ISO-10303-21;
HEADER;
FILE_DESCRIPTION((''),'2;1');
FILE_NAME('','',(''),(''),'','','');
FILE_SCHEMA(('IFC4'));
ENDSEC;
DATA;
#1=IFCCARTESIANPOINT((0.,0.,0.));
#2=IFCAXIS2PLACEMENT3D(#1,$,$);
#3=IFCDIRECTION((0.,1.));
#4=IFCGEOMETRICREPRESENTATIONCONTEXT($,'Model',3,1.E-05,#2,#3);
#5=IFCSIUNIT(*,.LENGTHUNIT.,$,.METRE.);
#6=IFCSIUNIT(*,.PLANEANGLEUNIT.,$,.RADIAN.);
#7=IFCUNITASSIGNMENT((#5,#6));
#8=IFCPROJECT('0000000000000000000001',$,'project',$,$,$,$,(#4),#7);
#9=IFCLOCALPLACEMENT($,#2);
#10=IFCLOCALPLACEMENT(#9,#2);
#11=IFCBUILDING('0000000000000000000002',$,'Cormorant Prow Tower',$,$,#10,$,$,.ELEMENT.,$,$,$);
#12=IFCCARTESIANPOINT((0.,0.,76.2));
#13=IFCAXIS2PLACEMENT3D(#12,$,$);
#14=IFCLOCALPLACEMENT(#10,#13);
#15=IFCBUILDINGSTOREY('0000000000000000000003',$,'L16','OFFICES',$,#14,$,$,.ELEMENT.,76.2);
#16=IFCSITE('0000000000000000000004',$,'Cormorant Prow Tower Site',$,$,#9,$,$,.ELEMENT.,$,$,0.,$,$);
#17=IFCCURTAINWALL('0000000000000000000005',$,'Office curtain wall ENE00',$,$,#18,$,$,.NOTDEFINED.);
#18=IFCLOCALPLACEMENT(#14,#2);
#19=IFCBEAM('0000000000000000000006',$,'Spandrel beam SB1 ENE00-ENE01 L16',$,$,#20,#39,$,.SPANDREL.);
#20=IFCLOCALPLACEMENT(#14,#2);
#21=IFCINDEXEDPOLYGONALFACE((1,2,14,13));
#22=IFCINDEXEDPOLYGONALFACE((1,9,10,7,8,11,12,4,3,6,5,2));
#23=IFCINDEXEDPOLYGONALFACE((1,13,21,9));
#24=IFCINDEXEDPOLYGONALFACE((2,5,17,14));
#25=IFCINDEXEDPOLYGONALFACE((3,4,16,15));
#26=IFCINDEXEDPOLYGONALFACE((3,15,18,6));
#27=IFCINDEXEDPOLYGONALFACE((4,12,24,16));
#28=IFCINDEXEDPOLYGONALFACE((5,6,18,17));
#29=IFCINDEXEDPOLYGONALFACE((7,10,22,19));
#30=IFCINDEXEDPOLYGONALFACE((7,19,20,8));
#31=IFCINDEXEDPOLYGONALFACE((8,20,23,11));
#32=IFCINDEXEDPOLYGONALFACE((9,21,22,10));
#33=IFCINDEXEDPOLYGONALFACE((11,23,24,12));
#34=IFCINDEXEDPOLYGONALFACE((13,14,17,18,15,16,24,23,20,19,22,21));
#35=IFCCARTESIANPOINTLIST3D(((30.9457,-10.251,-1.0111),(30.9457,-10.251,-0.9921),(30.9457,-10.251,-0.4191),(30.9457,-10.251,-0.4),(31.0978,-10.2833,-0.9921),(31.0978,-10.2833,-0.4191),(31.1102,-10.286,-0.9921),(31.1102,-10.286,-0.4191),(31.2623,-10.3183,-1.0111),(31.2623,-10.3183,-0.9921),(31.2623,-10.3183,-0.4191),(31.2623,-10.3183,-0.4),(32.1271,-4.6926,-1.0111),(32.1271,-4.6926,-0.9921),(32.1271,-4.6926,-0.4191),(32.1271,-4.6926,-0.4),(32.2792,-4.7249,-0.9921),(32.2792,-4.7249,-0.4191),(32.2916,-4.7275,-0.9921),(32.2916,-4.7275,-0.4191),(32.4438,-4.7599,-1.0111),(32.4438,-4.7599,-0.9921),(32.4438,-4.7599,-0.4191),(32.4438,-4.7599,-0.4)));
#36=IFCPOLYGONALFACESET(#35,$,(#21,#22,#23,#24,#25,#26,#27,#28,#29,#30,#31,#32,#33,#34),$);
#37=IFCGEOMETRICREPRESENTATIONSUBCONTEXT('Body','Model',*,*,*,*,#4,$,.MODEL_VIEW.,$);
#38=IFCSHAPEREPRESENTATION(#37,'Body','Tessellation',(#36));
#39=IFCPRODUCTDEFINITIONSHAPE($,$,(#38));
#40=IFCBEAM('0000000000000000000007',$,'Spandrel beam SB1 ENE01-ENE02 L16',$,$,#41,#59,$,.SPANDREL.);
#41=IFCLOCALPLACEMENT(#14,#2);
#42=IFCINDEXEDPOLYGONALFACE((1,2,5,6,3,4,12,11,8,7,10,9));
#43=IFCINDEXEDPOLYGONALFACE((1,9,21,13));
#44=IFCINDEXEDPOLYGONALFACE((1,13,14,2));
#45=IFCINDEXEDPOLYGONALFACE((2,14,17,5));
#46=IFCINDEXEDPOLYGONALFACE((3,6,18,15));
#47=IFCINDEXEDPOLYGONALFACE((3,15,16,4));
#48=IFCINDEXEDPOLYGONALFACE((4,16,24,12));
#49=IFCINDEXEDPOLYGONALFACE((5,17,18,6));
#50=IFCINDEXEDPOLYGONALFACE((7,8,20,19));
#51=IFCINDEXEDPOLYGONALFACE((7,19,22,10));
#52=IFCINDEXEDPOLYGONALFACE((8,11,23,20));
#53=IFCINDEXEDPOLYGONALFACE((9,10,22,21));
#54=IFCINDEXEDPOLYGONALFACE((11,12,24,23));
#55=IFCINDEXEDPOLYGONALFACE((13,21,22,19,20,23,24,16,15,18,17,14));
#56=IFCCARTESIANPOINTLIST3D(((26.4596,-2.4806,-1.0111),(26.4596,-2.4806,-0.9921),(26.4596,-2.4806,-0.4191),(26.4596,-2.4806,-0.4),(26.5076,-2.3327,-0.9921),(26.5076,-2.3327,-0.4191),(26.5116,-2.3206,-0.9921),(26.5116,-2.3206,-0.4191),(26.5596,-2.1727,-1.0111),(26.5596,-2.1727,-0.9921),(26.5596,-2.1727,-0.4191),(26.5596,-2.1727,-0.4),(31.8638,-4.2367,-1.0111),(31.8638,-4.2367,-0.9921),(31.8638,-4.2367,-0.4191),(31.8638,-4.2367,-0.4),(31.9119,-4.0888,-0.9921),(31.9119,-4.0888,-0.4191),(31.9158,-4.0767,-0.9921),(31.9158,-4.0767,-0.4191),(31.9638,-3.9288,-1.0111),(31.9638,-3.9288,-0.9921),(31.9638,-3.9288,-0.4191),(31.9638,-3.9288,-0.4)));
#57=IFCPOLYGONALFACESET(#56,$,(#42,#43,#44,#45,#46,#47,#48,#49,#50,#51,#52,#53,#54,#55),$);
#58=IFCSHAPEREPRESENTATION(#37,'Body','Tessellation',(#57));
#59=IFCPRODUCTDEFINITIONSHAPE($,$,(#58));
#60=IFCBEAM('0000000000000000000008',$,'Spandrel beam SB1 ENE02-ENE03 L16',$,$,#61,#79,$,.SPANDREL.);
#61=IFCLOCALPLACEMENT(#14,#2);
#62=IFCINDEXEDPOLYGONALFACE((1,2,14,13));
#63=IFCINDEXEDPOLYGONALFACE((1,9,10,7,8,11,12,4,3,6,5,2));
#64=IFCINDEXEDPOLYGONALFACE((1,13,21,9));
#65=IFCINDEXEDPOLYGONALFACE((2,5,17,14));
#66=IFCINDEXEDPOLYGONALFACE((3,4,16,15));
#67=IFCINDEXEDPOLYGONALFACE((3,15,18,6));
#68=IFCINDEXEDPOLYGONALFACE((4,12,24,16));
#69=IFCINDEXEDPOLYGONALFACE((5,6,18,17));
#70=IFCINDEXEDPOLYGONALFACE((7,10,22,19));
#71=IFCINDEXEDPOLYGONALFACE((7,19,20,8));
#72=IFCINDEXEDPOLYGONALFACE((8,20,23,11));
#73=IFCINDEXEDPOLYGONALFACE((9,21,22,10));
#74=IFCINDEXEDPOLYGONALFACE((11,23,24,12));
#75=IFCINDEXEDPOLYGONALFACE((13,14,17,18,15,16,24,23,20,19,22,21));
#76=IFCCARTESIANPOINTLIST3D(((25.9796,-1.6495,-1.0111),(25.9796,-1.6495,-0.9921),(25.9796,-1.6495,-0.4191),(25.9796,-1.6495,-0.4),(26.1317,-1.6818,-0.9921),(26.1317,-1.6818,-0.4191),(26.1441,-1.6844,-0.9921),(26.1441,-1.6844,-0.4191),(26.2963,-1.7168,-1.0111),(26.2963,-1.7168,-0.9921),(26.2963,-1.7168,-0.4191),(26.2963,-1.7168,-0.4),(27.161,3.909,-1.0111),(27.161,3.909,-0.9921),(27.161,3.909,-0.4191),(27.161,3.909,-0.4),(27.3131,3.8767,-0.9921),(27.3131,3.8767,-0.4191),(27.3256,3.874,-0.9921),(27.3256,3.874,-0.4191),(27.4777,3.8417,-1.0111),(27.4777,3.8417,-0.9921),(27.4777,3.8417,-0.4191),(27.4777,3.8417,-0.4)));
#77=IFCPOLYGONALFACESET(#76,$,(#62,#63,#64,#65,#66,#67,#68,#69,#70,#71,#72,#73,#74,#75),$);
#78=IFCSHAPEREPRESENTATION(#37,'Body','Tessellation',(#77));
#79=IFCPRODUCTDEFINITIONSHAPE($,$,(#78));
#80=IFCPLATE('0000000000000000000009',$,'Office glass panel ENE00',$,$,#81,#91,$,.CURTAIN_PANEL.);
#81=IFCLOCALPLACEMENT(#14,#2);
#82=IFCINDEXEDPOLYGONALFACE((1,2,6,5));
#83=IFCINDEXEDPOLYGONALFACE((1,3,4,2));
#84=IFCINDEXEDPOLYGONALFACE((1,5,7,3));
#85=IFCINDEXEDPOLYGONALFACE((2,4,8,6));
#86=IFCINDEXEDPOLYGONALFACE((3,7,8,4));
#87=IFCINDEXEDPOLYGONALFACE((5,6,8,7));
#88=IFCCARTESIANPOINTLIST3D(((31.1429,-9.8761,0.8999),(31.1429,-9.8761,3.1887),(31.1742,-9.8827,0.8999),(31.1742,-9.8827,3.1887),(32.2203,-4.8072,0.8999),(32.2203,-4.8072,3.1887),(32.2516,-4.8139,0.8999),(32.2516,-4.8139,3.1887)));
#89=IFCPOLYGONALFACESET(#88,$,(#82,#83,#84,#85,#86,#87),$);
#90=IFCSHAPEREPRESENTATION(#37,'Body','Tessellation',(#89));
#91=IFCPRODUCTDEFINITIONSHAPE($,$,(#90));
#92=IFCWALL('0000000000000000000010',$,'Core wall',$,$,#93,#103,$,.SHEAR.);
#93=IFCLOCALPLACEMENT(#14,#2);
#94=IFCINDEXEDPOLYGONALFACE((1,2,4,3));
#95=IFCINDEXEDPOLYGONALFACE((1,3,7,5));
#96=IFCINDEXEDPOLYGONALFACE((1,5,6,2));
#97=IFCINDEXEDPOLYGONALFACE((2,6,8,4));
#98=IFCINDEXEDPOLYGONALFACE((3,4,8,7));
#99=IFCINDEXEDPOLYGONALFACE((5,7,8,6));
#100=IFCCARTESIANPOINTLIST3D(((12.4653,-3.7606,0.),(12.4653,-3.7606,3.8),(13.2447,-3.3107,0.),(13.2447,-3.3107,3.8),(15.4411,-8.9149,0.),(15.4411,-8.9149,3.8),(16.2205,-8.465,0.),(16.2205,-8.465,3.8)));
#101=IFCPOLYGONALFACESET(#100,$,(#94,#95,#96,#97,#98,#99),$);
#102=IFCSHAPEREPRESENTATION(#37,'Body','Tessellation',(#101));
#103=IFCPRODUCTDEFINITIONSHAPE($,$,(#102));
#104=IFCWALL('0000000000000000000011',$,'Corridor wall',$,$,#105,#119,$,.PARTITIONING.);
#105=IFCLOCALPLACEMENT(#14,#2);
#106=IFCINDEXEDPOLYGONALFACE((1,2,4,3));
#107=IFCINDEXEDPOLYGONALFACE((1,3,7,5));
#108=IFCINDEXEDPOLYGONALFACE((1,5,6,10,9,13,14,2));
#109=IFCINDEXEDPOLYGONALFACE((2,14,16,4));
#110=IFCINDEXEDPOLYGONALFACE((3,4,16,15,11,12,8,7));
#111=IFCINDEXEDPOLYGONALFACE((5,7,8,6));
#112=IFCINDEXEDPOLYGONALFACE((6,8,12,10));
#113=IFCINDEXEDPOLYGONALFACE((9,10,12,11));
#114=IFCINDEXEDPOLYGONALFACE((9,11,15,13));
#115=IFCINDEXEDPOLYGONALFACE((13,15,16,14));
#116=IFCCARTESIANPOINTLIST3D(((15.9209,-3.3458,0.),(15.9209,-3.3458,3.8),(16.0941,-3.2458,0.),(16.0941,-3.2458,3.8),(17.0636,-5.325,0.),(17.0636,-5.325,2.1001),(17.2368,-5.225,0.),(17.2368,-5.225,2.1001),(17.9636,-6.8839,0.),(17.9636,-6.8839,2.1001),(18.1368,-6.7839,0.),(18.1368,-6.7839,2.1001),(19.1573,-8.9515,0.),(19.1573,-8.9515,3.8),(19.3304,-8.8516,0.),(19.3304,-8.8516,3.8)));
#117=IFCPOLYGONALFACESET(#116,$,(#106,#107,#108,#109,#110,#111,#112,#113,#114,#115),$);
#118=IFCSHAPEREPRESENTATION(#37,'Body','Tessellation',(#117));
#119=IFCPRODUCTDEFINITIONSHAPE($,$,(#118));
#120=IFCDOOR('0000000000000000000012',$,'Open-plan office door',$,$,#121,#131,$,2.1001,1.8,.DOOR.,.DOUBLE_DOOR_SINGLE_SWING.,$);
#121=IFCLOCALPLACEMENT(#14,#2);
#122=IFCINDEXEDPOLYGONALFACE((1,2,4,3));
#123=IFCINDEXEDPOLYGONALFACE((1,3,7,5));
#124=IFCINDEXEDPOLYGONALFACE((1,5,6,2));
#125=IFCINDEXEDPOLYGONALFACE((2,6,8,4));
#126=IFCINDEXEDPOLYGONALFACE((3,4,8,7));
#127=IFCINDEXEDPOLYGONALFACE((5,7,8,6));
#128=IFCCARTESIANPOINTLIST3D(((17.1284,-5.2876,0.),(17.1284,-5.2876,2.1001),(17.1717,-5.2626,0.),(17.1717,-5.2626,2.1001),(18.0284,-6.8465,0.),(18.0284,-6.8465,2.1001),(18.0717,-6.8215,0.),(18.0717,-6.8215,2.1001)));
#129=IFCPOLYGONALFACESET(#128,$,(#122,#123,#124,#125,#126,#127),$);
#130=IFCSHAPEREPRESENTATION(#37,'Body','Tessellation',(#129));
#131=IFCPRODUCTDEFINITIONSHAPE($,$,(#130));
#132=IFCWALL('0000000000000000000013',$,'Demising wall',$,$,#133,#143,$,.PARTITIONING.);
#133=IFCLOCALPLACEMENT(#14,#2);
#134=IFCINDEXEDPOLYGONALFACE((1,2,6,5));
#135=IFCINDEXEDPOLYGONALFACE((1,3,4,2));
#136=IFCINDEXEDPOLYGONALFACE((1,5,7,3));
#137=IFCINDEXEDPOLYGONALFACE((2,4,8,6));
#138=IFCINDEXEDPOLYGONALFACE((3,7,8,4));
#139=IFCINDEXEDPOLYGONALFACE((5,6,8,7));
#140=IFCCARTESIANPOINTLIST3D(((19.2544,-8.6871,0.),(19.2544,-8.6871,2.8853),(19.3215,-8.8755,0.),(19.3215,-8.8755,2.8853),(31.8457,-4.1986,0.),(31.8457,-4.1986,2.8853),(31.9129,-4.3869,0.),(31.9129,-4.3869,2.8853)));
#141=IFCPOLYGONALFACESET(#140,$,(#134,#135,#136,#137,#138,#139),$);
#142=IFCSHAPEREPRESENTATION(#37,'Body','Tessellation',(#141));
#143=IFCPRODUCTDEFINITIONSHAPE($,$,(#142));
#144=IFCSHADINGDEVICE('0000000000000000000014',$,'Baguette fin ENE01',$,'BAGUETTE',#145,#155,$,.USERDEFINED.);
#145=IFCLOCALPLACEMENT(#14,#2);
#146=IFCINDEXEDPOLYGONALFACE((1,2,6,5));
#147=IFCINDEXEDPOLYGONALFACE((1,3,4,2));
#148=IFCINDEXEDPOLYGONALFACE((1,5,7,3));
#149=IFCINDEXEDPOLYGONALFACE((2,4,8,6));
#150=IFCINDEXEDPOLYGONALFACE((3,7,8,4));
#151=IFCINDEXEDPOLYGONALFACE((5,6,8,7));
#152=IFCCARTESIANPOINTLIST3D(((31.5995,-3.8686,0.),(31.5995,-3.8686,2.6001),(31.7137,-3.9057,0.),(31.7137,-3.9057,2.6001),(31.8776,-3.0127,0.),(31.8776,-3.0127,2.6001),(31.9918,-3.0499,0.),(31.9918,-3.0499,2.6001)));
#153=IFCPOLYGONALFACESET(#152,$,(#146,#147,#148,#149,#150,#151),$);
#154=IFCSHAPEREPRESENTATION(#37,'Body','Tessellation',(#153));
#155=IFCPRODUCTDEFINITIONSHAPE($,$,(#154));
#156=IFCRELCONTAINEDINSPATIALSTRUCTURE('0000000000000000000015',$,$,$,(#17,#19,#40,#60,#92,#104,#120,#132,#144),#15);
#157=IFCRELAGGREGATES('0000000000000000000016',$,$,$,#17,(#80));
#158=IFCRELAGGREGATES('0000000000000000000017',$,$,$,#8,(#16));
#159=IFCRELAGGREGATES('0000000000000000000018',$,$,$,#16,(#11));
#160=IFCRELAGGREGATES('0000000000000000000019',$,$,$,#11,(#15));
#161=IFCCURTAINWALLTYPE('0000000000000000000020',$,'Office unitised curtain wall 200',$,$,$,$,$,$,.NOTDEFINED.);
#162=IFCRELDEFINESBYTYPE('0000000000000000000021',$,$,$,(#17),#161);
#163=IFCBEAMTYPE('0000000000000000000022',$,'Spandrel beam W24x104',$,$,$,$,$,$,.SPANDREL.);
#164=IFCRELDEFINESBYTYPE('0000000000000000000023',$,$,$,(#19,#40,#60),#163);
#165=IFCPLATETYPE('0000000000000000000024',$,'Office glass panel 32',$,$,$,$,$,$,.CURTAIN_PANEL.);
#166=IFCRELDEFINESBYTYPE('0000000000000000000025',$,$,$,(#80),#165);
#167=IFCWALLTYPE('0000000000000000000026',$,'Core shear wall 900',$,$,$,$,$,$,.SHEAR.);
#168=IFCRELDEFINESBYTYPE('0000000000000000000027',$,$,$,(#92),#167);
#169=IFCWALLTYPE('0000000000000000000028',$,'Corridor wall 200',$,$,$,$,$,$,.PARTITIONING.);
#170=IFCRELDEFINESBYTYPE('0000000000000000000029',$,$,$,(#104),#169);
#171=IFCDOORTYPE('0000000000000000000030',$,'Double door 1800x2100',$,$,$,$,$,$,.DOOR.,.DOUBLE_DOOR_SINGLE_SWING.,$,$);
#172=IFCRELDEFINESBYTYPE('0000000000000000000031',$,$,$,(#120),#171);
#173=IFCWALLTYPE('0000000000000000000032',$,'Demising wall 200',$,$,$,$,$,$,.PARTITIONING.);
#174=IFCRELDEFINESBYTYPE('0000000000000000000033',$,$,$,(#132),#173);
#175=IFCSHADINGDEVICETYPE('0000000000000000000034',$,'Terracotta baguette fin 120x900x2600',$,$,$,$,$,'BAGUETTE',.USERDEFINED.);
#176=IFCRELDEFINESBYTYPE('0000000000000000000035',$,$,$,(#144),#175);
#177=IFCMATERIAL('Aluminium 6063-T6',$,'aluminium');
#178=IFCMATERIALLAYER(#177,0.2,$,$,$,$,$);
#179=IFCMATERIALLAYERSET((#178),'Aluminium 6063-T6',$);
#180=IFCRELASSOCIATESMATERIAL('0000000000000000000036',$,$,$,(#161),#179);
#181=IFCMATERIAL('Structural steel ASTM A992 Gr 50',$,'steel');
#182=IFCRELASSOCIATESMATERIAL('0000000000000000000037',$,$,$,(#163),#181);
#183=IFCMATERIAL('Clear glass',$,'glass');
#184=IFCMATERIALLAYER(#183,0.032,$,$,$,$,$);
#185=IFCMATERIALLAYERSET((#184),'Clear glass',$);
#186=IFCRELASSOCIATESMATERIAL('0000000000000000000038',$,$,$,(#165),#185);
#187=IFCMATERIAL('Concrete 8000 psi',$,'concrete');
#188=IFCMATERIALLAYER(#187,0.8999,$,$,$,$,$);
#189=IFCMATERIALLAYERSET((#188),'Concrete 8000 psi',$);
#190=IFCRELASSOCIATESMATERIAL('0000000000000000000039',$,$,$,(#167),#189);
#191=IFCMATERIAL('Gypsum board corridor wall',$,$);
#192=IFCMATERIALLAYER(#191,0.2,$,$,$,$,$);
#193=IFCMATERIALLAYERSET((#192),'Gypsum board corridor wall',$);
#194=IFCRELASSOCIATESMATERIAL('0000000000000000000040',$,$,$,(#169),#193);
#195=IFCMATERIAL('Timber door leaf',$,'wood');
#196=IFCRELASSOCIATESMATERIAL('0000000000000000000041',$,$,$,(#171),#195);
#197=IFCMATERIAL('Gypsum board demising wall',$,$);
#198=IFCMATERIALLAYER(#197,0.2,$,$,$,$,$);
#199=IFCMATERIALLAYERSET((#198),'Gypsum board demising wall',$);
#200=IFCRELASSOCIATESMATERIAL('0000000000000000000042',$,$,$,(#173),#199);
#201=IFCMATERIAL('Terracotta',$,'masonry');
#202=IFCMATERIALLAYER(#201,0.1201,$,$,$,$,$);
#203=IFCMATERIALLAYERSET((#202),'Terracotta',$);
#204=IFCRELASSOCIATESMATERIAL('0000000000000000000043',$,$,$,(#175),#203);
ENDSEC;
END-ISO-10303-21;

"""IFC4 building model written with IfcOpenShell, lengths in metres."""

from ifc_helpers import new_model, si_unit, direction, frame, frame_2d, origin, origin_2d, place, context, subcontext, project, spatial, rectangle, i_section, extrude, material, layer, layer_set, material_profile, profile_set, type_object, element, fill, aggregate, save


model = new_model("IFC4")

# Units and contexts
model_context = context("Model", 3, precision=1e-05, world=origin(), true_north=direction((0.0, 1.0)))
body_context = subcontext(model_context, "Body", "Model", "MODEL_VIEW")
ifc_project = project(units=[si_unit("LENGTHUNIT", "METRE"), si_unit("PLANEANGLEUNIT", "RADIAN")], contexts=[model_context])

# Site, building, storey
site_placement = place(None, origin())
site = spatial("IfcSite", under=ifc_project, at=site_placement, Name="Cormorant Prow Tower Site", CompositionType="ELEMENT", RefElevation=0.0)
building_placement = place(site_placement, origin())
building = spatial("IfcBuilding", under=site, at=building_placement, Name="Cormorant Prow Tower", CompositionType="ELEMENT")
storey_placement = place(building_placement, frame((0.0, 0.0, 76.2)))
storey = spatial("IfcBuildingStorey", under=building, at=storey_placement, Name="L16", Description="OFFICES", CompositionType="ELEMENT", Elevation=76.2)

# Curtain wall
ifc_material_1 = material(Name="Aluminium 6063-T6", Category="aluminium")
ifc_layer_1 = layer(ifc_material_1, 0.2)
ifc_layer_set_1 = layer_set([ifc_layer_1], Name="Aluminium 6063-T6")
curtain_wall_type = type_object("IfcCurtainWallType", Name="Office unitised curtain wall 200", PredefinedType="NOTDEFINED", material=ifc_layer_set_1)
curtain_wall_1_placement = place(storey_placement, origin())
curtain_wall_1 = element("IfcCurtainWall", 1, at=curtain_wall_1_placement, inside=storey, type_object=curtain_wall_type, Name="Office curtain wall ENE00", PredefinedType="NOTDEFINED")

# Beams
ifc_material_2 = material(Name="Structural steel ASTM A992 Gr 50", Category="steel")
ifc_material_profile_1 = material_profile(ifc_material_2, i_section(OverallWidth=0.3237, OverallDepth=0.6111, WebThickness=0.0127, FlangeThickness=0.019, at=origin_2d()), Name="W24x104")
ifc_profile_set_1 = profile_set([ifc_material_profile_1], Name="Structural steel ASTM A992 Gr 50")
beam_type_1 = type_object("IfcBeamType", Name="Spandrel beam W24x104", PredefinedType="SPANDREL", material=ifc_profile_set_1)
beam_1_placement = place(storey_placement, frame((31.104, -10.2847, -0.7056), z_axis=(0.2079, 0.97815, 0.0), x_axis=(-0.97815, 0.2079, 0.0)))
element("IfcBeam", 2, at=beam_1_placement, inside=storey, type_object=beam_type_1, Name="Spandrel beam SB1 ENE00-ENE01 L16", PredefinedType="SPANDREL", context=body_context, shape_type="SweptSolid", body=[
    extrude(i_section(OverallWidth=0.3237, OverallDepth=0.6111, WebThickness=0.0127, FlangeThickness=0.019, at=origin_2d()), origin(), (0.0, 0.0, 1.0), 5.6826),
])
beam_2_placement = place(storey_placement, frame((31.9138, -4.0828, -0.7056), z_axis=(-0.951049, 0.309039, 0.0), x_axis=(-0.309039, -0.951049, 0.0)))
element("IfcBeam", 3, at=beam_2_placement, inside=storey, type_object=beam_type_1, Name="Spandrel beam SB1 ENE01-ENE02 L16", PredefinedType="SPANDREL", context=body_context, shape_type="SweptSolid", body=[
    extrude(i_section(OverallWidth=0.3237, OverallDepth=0.6111, WebThickness=0.0127, FlangeThickness=0.019, at=origin_2d()), origin(), (0.0, 0.0, 1.0), 5.6824),
])
beam_3_placement = place(storey_placement, frame((26.1379, -1.6831, -0.7056), z_axis=(0.2079, 0.97815, 0.0), x_axis=(-0.97815, 0.2079, 0.0)))
element("IfcBeam", 4, at=beam_3_placement, inside=storey, type_object=beam_type_1, Name="Spandrel beam SB1 ENE02-ENE03 L16", PredefinedType="SPANDREL", context=body_context, shape_type="SweptSolid", body=[
    extrude(i_section(OverallWidth=0.3237, OverallDepth=0.6111, WebThickness=0.0127, FlangeThickness=0.019, at=origin_2d()), origin(), (0.0, 0.0, 1.0), 5.6826),
])

# Plate
ifc_material_3 = material(Name="Clear glass", Category="glass")
ifc_layer_2 = layer(ifc_material_3, 0.032)
ifc_layer_set_2 = layer_set([ifc_layer_2], Name="Clear glass")
plate_type = type_object("IfcPlateType", Name="Office glass panel 32", PredefinedType="CURTAIN_PANEL", material=ifc_layer_set_2)
plate_placement = place(storey_placement, frame((31.6973, -7.345, 0.8999), z_axis=(0.0, 0.0, 1.0), x_axis=(0.207912, 0.978148, 0.0)))
plate = element("IfcPlate", 5, at=plate_placement, type_object=plate_type, Name="Office glass panel ENE00", PredefinedType="CURTAIN_PANEL", context=body_context, shape_type="SweptSolid", body=[
    extrude(rectangle(XDim=5.1821, YDim=0.032, at=origin_2d()), origin(), (0.0, 0.0, 1.0), 2.2888),
])
aggregate(curtain_wall_1, [plate])

# Wall
ifc_material_4 = material(Name="Concrete 8000 psi", Category="concrete")
ifc_layer_3 = layer(ifc_material_4, 0.8999)
ifc_layer_set_3 = layer_set([ifc_layer_3], Name="Concrete 8000 psi")
wall_type_1 = type_object("IfcWallType", Name="Core shear wall 900", PredefinedType="SHEAR", material=ifc_layer_set_3)
wall_1_placement = place(storey_placement, frame((15.8308, -8.6899, 0.0), z_axis=(0.0, 0.0, 1.0), x_axis=(-0.499999, 0.866026, 0.0)))
element("IfcWall", 6, at=wall_1_placement, inside=storey, type_object=wall_type_1, Name="Core wall", PredefinedType="SHEAR", context=body_context, shape_type="SweptSolid", body=[
    extrude(rectangle(XDim=5.9517, YDim=0.8999, at=frame_2d((2.9758, 0.0))), origin(), (0.0, 0.0, 1.0), 3.8),
])

# Wall, opening, door
ifc_material_5 = material(Name="Gypsum board corridor wall")
ifc_layer_4 = layer(ifc_material_5, 0.2)
ifc_layer_set_4 = layer_set([ifc_layer_4], Name="Gypsum board corridor wall")
wall_type_2 = type_object("IfcWallType", Name="Corridor wall 200", PredefinedType="PARTITIONING", material=ifc_layer_set_4)
wall_2_placement = place(storey_placement, frame((16.0076, -3.2959, 0.0), z_axis=(0.0, 0.0, 1.0), x_axis=(0.499985, -0.866034, 0.0)))
wall_2 = element("IfcWall", 7, at=wall_2_placement, inside=storey, type_object=wall_type_2, Name="Corridor wall", PredefinedType="PARTITIONING", context=body_context, shape_type="SweptSolid", body=[
    extrude(rectangle(XDim=6.4729, YDim=0.2, at=frame_2d((3.2363, 0.0))), origin(), (0.0, 0.0, 1.0), 3.8),
])
opening_1_placement = place(wall_2_placement, frame((2.2854, 0.0, 0.0)))
opening_1 = element("IfcOpeningElement", 8, at=opening_1_placement, cuts=wall_2, PredefinedType="OPENING", context=body_context, shape_type="SweptSolid", body=[
    extrude(rectangle(XDim=1.8, YDim=2.1001, at=frame_2d((0.8999, 1.05))), frame((0.0, 0.1099, 0.0), z_axis=(0.0, -1.0, 0.0), x_axis=(1.0, 0.0, 0.0)), (0.0, 0.0, 1.0), 0.22),
])
ifc_material_6 = material(Name="Timber door leaf", Category="wood")
door_type_1 = type_object("IfcDoorType", Name="Double door 1800x2100", OperationType="DOUBLE_DOOR_SINGLE_SWING", PredefinedType="DOOR", material=ifc_material_6)
door_1_placement = place(opening_1_placement, origin())
door_1 = element("IfcDoor", 9, at=door_1_placement, inside=storey, type_object=door_type_1, Name="Open-plan office door", OperationType="DOUBLE_DOOR_SINGLE_SWING", OverallHeight=2.1001, OverallWidth=1.8, PredefinedType="DOOR", context=body_context, shape_type="SweptSolid", body=[
    extrude(rectangle(XDim=1.8, YDim=2.1001, at=frame_2d((0.8999, 1.05))), frame((0.0, 0.0249, 0.0), z_axis=(0.0, -1.0, 0.0), x_axis=(1.0, 0.0, 0.0)), (0.0, 0.0, 1.0), 0.05),
])
fill(opening_1, door_1)

# Wall
ifc_material_7 = material(Name="Gypsum board demising wall")
ifc_layer_5 = layer(ifc_material_7, 0.2)
ifc_layer_set_5 = layer_set([ifc_layer_5], Name="Gypsum board demising wall")
wall_type_3 = type_object("IfcWallType", Name="Demising wall 200", PredefinedType="PARTITIONING", material=ifc_layer_set_5)
wall_3_placement = place(storey_placement, frame((19.2881, -8.7812, 0.0), z_axis=(0.0, 0.0, 1.0), x_axis=(0.94194, 0.335781, 0.0)))
element("IfcWall", 10, at=wall_3_placement, inside=storey, type_object=wall_type_3, Name="Demising wall", PredefinedType="PARTITIONING", context=body_context, shape_type="SweptSolid", body=[
    extrude(rectangle(XDim=13.3674, YDim=0.2, at=frame_2d((6.6836, 0.0))), origin(), (0.0, 0.0, 1.0), 2.8853),
])

# Shading device
ifc_material_8 = material(Name="Terracotta", Category="masonry")
ifc_layer_6 = layer(ifc_material_8, 0.1201)
ifc_layer_set_6 = layer_set([ifc_layer_6], Name="Terracotta")
shading_device_type = type_object("IfcShadingDeviceType", Name="Terracotta baguette fin 120x900x2600", ElementType="BAGUETTE", PredefinedType="USERDEFINED", material=ifc_layer_set_6)
shading_device_placement = place(storey_placement, frame((31.7957, -3.4592, 0.0), z_axis=(0.0, 0.0, 1.0), x_axis=(-0.951057, 0.309017, 0.0)))
element("IfcShadingDevice", 11, at=shading_device_placement, inside=storey, type_object=shading_device_type, Name="Baguette fin ENE01", ObjectType="BAGUETTE", PredefinedType="USERDEFINED", context=body_context, shape_type="SweptSolid", body=[
    extrude(rectangle(XDim=0.1201, YDim=0.8999, at=origin_2d()), origin(), (0.0, 0.0, 1.0), 2.6001),
])

save(model, "model.ifc")
